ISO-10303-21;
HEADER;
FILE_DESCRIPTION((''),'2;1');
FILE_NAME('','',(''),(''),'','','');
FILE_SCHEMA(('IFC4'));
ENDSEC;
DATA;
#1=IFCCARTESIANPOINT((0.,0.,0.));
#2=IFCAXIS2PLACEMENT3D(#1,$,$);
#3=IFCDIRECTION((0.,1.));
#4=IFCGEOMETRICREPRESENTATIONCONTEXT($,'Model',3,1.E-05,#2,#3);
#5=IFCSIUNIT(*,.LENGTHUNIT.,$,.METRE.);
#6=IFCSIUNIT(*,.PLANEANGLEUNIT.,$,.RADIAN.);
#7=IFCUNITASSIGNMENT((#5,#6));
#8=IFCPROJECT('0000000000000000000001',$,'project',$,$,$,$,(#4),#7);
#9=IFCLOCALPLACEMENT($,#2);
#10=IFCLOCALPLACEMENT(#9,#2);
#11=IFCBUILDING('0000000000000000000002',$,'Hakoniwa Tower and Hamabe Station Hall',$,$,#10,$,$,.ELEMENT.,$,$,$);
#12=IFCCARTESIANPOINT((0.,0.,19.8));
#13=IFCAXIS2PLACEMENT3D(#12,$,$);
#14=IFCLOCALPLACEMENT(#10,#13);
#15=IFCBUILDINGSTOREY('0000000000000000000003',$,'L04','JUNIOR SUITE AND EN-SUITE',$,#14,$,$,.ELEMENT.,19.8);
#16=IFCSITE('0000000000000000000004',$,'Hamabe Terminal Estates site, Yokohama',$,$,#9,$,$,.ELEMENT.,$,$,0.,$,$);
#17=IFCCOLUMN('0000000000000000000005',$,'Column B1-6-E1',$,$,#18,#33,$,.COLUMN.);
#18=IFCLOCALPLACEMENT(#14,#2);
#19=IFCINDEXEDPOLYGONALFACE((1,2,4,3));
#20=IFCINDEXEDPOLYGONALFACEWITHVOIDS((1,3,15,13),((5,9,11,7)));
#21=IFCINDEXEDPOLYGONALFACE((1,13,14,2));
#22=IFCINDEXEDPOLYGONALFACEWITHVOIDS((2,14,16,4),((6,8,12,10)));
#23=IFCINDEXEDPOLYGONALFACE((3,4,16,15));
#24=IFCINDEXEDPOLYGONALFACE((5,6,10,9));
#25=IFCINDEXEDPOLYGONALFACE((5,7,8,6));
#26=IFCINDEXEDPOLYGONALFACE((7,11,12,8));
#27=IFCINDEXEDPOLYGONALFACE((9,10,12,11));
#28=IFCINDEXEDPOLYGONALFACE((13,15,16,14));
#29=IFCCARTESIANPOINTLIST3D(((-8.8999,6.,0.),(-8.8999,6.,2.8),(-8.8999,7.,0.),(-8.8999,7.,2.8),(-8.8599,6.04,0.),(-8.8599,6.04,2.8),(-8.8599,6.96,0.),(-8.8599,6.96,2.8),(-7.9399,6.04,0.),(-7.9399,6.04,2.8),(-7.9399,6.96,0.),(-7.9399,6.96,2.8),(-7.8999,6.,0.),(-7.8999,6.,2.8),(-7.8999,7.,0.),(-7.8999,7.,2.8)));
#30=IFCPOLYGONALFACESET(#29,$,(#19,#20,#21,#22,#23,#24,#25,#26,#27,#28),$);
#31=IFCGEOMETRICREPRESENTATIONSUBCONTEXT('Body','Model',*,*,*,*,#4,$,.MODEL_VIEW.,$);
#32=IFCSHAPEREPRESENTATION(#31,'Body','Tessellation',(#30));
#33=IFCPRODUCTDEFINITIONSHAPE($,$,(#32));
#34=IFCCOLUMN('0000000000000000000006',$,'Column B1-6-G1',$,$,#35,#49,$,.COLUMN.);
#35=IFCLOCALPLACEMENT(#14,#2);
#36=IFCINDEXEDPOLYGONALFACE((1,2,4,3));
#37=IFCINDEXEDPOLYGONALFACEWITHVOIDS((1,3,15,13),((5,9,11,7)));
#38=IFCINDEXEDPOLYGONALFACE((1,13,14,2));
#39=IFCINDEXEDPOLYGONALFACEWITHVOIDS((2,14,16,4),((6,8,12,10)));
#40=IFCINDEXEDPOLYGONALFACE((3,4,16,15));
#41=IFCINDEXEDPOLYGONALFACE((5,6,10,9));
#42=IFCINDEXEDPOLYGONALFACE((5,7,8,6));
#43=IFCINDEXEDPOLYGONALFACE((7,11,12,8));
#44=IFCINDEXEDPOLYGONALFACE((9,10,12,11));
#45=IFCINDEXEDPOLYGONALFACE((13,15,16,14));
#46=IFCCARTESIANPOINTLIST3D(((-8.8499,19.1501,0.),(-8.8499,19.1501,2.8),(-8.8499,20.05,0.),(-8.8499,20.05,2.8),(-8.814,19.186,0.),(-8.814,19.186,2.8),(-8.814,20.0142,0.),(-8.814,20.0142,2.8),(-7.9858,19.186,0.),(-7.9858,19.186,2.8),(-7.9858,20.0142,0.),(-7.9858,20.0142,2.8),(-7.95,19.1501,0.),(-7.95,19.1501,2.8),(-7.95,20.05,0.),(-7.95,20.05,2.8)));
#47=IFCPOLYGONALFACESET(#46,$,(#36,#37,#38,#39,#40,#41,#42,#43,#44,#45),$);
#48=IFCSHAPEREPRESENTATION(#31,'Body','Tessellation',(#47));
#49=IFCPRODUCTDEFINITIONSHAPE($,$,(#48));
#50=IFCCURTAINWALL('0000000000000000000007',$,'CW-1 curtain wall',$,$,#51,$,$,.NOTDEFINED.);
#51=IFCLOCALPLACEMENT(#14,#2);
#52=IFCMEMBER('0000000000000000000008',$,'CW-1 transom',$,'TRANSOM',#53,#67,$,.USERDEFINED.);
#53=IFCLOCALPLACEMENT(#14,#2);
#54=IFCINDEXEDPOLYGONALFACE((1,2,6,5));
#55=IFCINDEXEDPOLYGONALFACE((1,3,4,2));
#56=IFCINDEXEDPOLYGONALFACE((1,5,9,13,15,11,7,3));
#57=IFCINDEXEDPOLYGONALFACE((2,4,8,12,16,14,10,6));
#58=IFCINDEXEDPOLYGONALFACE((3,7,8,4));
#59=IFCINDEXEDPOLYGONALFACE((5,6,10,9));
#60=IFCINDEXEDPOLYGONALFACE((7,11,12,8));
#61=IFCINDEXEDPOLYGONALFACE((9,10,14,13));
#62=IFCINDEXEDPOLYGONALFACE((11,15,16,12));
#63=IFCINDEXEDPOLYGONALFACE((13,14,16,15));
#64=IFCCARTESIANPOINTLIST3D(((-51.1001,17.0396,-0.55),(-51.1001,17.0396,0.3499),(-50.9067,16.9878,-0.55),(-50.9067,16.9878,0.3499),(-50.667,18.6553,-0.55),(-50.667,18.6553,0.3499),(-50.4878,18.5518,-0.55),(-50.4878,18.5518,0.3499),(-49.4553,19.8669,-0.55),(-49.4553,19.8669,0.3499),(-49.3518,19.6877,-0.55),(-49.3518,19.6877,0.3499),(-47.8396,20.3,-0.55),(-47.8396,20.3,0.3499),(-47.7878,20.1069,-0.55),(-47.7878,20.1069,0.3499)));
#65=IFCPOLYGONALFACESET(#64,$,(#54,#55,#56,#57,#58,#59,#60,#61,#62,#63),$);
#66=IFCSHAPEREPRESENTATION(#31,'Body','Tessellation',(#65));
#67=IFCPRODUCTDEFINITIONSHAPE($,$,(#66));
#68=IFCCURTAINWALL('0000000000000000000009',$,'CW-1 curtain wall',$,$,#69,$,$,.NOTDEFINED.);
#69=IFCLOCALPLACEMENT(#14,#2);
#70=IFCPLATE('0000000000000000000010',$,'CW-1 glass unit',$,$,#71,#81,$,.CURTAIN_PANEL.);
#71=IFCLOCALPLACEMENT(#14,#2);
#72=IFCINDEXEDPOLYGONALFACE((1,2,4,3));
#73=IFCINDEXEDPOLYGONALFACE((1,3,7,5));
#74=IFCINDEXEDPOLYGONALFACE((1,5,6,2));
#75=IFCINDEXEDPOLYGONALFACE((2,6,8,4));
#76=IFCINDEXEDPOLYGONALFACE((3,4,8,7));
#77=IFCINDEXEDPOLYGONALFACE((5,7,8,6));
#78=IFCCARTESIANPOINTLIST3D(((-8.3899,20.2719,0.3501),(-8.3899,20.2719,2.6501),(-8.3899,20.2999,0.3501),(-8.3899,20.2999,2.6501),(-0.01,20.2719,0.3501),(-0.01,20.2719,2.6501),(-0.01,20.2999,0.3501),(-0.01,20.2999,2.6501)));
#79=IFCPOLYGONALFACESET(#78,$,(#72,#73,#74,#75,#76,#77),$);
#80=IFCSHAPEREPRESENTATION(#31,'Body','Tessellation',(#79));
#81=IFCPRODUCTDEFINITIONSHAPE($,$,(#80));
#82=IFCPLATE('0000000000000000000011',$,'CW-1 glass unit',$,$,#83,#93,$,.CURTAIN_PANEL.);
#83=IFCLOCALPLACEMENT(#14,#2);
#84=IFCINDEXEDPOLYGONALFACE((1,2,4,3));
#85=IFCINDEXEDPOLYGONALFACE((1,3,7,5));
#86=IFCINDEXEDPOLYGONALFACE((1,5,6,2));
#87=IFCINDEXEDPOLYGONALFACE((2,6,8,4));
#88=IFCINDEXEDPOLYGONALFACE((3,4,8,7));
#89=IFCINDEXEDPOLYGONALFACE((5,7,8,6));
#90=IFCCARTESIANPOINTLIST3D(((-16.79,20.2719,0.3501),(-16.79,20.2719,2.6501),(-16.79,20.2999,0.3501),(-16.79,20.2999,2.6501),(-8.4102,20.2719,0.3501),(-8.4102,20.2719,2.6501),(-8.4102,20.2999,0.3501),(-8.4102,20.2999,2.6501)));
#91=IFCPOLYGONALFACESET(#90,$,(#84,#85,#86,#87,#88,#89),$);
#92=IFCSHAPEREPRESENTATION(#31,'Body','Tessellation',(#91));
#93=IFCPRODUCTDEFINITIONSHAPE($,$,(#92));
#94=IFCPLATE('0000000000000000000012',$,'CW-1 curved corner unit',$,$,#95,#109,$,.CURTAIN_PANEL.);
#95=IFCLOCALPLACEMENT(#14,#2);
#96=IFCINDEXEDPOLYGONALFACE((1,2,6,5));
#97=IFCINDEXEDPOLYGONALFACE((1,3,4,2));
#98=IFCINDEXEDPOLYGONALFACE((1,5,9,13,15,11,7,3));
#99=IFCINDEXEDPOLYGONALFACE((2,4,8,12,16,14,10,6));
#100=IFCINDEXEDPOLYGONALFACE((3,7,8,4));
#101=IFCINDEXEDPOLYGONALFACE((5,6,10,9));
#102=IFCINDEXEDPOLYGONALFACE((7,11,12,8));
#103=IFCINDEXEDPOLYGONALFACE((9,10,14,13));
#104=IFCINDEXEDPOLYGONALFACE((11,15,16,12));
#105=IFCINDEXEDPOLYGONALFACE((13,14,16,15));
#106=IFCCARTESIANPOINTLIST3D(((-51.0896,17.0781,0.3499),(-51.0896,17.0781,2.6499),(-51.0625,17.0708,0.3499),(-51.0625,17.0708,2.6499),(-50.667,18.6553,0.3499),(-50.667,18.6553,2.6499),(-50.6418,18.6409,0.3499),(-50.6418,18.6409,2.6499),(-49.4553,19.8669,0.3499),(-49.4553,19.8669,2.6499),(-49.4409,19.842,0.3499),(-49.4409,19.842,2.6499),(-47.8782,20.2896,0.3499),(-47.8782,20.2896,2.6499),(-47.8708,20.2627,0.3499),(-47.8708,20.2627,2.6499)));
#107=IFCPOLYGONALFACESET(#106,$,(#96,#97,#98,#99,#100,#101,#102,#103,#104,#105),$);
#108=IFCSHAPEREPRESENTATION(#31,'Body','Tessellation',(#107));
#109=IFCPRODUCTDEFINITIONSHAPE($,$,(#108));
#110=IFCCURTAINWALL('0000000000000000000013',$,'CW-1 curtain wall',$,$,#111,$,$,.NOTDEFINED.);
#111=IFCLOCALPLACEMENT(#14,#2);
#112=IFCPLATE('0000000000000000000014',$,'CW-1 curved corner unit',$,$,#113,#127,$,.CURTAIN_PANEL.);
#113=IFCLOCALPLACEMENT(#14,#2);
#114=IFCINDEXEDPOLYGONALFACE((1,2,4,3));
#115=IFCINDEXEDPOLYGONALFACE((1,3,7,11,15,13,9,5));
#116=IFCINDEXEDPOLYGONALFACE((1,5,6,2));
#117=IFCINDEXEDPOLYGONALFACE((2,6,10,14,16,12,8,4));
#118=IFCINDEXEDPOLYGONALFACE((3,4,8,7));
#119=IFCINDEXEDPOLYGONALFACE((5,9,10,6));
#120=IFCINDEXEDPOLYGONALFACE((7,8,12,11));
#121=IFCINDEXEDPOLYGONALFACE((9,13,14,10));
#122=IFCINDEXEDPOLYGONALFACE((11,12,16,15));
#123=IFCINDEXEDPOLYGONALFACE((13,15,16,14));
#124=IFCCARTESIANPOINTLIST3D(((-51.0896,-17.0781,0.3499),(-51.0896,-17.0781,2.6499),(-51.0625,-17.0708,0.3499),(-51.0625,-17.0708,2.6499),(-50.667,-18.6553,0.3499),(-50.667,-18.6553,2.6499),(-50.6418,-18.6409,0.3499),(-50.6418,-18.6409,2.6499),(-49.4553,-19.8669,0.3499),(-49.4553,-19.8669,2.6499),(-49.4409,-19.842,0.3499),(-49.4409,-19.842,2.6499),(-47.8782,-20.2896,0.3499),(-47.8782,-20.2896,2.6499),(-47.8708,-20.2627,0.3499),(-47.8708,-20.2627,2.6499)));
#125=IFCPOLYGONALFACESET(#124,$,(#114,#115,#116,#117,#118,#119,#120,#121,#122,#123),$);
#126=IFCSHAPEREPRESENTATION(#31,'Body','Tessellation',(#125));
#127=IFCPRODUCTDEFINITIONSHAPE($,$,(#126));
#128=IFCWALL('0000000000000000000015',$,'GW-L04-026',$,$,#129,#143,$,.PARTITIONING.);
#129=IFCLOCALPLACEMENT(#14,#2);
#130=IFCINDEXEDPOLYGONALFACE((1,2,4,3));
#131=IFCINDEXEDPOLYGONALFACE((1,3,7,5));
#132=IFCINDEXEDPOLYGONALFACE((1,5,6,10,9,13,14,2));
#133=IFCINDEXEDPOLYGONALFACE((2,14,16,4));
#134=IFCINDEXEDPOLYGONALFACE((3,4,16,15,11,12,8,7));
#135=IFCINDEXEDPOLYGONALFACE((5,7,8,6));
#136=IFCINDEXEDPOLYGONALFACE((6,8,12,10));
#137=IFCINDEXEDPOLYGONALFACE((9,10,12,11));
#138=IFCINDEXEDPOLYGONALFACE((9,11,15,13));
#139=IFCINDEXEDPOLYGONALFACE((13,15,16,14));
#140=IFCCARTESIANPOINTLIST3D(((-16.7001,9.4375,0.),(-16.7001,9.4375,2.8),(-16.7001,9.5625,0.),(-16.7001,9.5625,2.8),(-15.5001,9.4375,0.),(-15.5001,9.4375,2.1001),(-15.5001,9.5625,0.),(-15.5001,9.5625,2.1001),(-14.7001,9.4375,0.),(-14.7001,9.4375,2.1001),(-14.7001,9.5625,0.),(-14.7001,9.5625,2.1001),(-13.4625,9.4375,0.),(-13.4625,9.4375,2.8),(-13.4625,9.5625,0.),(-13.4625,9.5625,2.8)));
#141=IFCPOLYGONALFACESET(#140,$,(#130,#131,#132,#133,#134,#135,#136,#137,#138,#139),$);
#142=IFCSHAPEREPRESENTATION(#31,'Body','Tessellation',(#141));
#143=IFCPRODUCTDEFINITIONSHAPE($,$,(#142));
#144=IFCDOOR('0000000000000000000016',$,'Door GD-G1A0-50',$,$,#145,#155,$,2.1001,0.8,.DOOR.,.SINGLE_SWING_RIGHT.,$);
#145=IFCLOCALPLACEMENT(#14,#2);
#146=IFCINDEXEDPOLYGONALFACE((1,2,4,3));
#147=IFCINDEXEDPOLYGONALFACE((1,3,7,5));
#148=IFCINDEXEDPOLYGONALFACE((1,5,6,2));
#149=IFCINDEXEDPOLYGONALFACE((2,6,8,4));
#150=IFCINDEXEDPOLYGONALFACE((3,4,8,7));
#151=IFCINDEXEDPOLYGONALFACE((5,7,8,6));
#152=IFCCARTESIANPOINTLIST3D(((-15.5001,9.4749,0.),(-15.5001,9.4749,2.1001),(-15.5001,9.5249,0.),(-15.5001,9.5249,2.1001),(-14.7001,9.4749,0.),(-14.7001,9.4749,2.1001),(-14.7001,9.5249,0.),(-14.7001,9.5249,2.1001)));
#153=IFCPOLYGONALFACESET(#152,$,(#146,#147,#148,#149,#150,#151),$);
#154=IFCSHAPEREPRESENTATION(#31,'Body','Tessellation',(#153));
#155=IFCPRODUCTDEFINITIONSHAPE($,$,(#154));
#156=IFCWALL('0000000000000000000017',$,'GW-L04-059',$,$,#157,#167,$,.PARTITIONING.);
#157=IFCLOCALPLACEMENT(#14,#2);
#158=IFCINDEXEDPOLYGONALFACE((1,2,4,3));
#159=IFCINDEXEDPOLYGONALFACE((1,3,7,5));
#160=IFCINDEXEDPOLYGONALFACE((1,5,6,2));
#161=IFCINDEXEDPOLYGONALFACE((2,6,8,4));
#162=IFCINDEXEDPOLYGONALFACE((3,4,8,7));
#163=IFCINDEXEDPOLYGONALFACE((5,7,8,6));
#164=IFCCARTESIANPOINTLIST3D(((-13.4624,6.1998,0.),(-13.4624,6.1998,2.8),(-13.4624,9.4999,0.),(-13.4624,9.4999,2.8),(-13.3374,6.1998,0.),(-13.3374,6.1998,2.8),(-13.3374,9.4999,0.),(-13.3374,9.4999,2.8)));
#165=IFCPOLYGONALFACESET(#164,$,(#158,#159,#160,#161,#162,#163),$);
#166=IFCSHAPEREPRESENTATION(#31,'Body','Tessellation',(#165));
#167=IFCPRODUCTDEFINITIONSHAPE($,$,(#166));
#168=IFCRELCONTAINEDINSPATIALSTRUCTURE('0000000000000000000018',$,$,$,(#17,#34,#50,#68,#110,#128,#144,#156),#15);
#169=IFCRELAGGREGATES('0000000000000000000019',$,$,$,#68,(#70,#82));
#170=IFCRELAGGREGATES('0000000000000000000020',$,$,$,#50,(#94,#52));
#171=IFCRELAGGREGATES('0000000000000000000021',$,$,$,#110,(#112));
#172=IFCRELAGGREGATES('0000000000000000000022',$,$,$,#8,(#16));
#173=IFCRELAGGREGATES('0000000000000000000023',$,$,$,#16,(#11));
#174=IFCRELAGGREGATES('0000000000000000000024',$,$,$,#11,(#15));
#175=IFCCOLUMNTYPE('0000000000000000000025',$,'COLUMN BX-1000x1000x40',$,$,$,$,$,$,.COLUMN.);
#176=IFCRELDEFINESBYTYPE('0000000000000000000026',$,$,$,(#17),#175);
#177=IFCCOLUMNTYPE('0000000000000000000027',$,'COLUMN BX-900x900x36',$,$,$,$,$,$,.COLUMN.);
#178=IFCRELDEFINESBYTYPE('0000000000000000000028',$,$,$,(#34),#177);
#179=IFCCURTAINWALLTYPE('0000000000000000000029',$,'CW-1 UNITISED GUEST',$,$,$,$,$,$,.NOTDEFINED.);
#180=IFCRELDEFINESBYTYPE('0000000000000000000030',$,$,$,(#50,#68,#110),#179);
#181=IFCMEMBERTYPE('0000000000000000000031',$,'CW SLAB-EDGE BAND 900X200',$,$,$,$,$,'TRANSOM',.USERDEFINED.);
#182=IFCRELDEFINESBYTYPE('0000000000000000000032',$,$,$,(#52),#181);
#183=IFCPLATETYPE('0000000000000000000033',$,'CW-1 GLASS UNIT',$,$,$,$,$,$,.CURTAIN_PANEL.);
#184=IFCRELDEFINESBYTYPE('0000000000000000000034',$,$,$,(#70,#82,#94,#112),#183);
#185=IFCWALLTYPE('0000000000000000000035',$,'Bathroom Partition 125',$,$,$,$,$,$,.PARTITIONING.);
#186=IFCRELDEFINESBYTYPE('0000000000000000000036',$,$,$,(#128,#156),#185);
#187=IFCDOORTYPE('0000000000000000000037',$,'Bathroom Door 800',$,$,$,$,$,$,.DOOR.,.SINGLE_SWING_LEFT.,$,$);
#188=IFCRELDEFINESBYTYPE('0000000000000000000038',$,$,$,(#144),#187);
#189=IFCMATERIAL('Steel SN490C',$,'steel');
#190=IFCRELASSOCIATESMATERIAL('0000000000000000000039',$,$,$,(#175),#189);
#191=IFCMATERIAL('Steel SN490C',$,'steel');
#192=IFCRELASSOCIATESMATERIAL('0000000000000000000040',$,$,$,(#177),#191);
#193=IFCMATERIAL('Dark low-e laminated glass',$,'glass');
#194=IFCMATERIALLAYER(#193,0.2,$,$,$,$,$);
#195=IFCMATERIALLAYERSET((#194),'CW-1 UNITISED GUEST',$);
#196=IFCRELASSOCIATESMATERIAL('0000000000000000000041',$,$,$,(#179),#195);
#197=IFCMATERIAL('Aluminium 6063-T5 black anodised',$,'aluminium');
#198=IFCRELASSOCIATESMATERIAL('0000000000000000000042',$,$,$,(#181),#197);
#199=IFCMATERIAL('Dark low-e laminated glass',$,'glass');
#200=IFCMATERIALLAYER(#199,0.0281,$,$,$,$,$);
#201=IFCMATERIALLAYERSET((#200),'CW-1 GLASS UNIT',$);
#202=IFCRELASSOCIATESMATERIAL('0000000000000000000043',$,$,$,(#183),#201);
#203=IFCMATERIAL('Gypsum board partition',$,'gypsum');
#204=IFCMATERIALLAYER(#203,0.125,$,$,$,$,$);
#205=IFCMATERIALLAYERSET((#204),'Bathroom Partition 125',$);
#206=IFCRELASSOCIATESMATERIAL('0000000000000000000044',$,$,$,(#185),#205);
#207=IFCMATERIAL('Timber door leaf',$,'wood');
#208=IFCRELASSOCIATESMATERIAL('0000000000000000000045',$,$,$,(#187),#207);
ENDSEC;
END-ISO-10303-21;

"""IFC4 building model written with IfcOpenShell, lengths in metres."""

from ifc_helpers import new_model, si_unit, direction, frame, frame_2d, origin, origin_2d, place, context, subcontext, project, spatial, polyline, rectangle, hollow_rectangle, outline, extrude, material, layer, layer_set, material_profile, profile_set, type_object, element, fill, aggregate, save


model = new_model("IFC4")

# Units and contexts
model_context = context("Model", 3, precision=1e-05, world=origin(), true_north=direction((0.0, 1.0)))
body_context = subcontext(model_context, "Body", "Model", "MODEL_VIEW")
ifc_project = project(units=[si_unit("LENGTHUNIT", "METRE"), si_unit("PLANEANGLEUNIT", "RADIAN")], contexts=[model_context])

# Site, building, storey
site_placement = place(None, origin())
site = spatial("IfcSite", under=ifc_project, at=site_placement, Name="Hamabe Terminal Estates site, Yokohama", CompositionType="ELEMENT", RefElevation=0.0)
building_placement = place(site_placement, origin())
building = spatial("IfcBuilding", under=site, at=building_placement, Name="Hakoniwa Tower and Hamabe Station Hall", CompositionType="ELEMENT")
storey_placement = place(building_placement, frame((0.0, 0.0, 19.8)))
storey = spatial("IfcBuildingStorey", under=building, at=storey_placement, Name="L04", Description="JUNIOR SUITE AND EN-SUITE", CompositionType="ELEMENT", Elevation=19.8)

# Columns
ifc_material_1 = material(Name="Steel SN490C", Category="steel")
ifc_material_profile_1 = material_profile(ifc_material_1, hollow_rectangle(XDim=1.0, YDim=1.0, WallThickness=0.04, at=origin_2d()), Name="BX-1000x1000x40")
ifc_profile_set_1 = profile_set([ifc_material_profile_1], Name="Steel SN490C")
column_type_1 = type_object("IfcColumnType", Name="COLUMN BX-1000x1000x40", PredefinedType="COLUMN", material=ifc_profile_set_1)
column_1_placement = place(storey_placement, frame((-8.3999, 6.5, 0.0), z_axis=(0.0, 0.0, 1.0), x_axis=(1.0, 0.0, 0.0)))
element("IfcColumn", 1, at=column_1_placement, inside=storey, type_object=column_type_1, Name="Column B1-6-E1", PredefinedType="COLUMN", context=body_context, shape_type="SweptSolid", body=[
    extrude(hollow_rectangle(XDim=1.0, YDim=1.0, WallThickness=0.04, at=origin_2d()), origin(), (0.0, 0.0, 1.0), 2.8),
])
ifc_material_2 = material(Name="Steel SN490C", Category="steel")
ifc_material_profile_2 = material_profile(ifc_material_2, hollow_rectangle(XDim=0.8999, YDim=0.8999, WallThickness=0.0359, at=origin_2d()), Name="BX-900x900x36")
ifc_profile_set_2 = profile_set([ifc_material_profile_2], Name="Steel SN490C")
column_type_2 = type_object("IfcColumnType", Name="COLUMN BX-900x900x36", PredefinedType="COLUMN", material=ifc_profile_set_2)
column_2_placement = place(storey_placement, frame((-8.3999, 19.6001, 0.0), z_axis=(0.0, 0.0, 1.0), x_axis=(1.0, 0.0, 0.0)))
element("IfcColumn", 2, at=column_2_placement, inside=storey, type_object=column_type_2, Name="Column B1-6-G1", PredefinedType="COLUMN", context=body_context, shape_type="SweptSolid", body=[
    extrude(hollow_rectangle(XDim=0.8999, YDim=0.8999, WallThickness=0.0359, at=origin_2d()), origin(), (0.0, 0.0, 1.0), 2.8),
])

# Curtain wall, member
ifc_material_3 = material(Name="Dark low-e laminated glass", Category="glass")
ifc_layer_1 = layer(ifc_material_3, 0.2)
ifc_layer_set_1 = layer_set([ifc_layer_1], Name="CW-1 UNITISED GUEST")
curtain_wall_type = type_object("IfcCurtainWallType", Name="CW-1 UNITISED GUEST", PredefinedType="NOTDEFINED", material=ifc_layer_set_1)
curtain_wall_1_placement = place(storey_placement, origin())
curtain_wall_1 = element("IfcCurtainWall", 3, at=curtain_wall_1_placement, inside=storey, type_object=curtain_wall_type, Name="CW-1 curtain wall", PredefinedType="NOTDEFINED")
ifc_material_4 = material(Name="Aluminium 6063-T5 black anodised", Category="aluminium")
ifc_material_profile_3 = material_profile(ifc_material_4, rectangle(XDim=0.2, YDim=0.8999, at=origin_2d()), Name="CW SLAB-EDGE BAND 900X200")
ifc_profile_set_3 = profile_set([ifc_material_profile_3], Name="Aluminium 6063-T5 black anodised")
member_type = type_object("IfcMemberType", Name="CW SLAB-EDGE BAND 900X200", ElementType="TRANSOM", PredefinedType="USERDEFINED", material=ifc_profile_set_3)
member_placement = place(storey_placement, frame((0.0, 0.0, -0.55)))
member = element("IfcMember", 4, at=member_placement, type_object=member_type, Name="CW-1 transom", ObjectType="TRANSOM", PredefinedType="USERDEFINED", context=body_context, shape_type="SweptSolid", body=[
    extrude(outline(polyline([(-47.8396, 20.3), (-49.4553, 19.8669), (-50.667, 18.6553), (-51.1001, 17.0396), (-50.9067, 16.9878), (-50.4878, 18.5518), (-49.3518, 19.6877), (-47.7878, 20.1069), (-47.8396, 20.3)])), origin(), (0.0, 0.0, 1.0), 0.8999),
])

# Curtain wall, plates
curtain_wall_2_placement = place(storey_placement, origin())
curtain_wall_2 = element("IfcCurtainWall", 5, at=curtain_wall_2_placement, inside=storey, type_object=curtain_wall_type, Name="CW-1 curtain wall", PredefinedType="NOTDEFINED")
ifc_material_5 = material(Name="Dark low-e laminated glass", Category="glass")
ifc_layer_2 = layer(ifc_material_5, 0.0281)
ifc_layer_set_2 = layer_set([ifc_layer_2], Name="CW-1 GLASS UNIT")
plate_type = type_object("IfcPlateType", Name="CW-1 GLASS UNIT", PredefinedType="CURTAIN_PANEL", material=ifc_layer_set_2)
plate_1_placement = place(storey_placement, frame((-4.2, 20.2859, 0.3501), z_axis=(0.0, 0.0, 1.0), x_axis=(-1.0, 0.0, 0.0)))
plate_1 = element("IfcPlate", 6, at=plate_1_placement, type_object=plate_type, Name="CW-1 glass unit", PredefinedType="CURTAIN_PANEL", context=body_context, shape_type="SweptSolid", body=[
    extrude(rectangle(XDim=8.3799, YDim=0.0281, at=origin_2d()), origin(), (0.0, 0.0, 1.0), 2.3),
])
plate_2_placement = place(storey_placement, frame((-12.6001, 20.2859, 0.3501), z_axis=(0.0, 0.0, 1.0), x_axis=(-1.0, 0.0, 0.0)))
plate_2 = element("IfcPlate", 7, at=plate_2_placement, type_object=plate_type, Name="CW-1 glass unit", PredefinedType="CURTAIN_PANEL", context=body_context, shape_type="SweptSolid", body=[
    extrude(rectangle(XDim=8.3799, YDim=0.0281, at=origin_2d()), origin(), (0.0, 0.0, 1.0), 2.3),
])
aggregate(curtain_wall_2, [plate_1, plate_2])

# Plate
plate_3_placement = place(storey_placement, frame((0.0, 0.0, 0.3499)))
plate_3 = element("IfcPlate", 8, at=plate_3_placement, type_object=plate_type, Name="CW-1 curved corner unit", PredefinedType="CURTAIN_PANEL", context=body_context, shape_type="SweptSolid", body=[
    extrude(outline(polyline([(-47.8782, 20.2896), (-49.4553, 19.8669), (-50.667, 18.6553), (-51.0896, 17.0781), (-51.0625, 17.0708), (-50.6418, 18.6409), (-49.4409, 19.842), (-47.8708, 20.2627), (-47.8782, 20.2896)])), origin(), (0.0, 0.0, 1.0), 2.3),
])
aggregate(curtain_wall_1, [plate_3, member])

# Curtain wall, plate
curtain_wall_3_placement = place(storey_placement, origin())
curtain_wall_3 = element("IfcCurtainWall", 9, at=curtain_wall_3_placement, inside=storey, type_object=curtain_wall_type, Name="CW-1 curtain wall", PredefinedType="NOTDEFINED")
plate_4_placement = place(storey_placement, frame((0.0, 0.0, 0.3499)))
plate_4 = element("IfcPlate", 10, at=plate_4_placement, type_object=plate_type, Name="CW-1 curved corner unit", PredefinedType="CURTAIN_PANEL", context=body_context, shape_type="SweptSolid", body=[
    extrude(outline(polyline([(-51.0896, -17.0781), (-50.667, -18.6553), (-49.4553, -19.8669), (-47.8782, -20.2896), (-47.8708, -20.2627), (-49.4409, -19.842), (-50.6418, -18.6409), (-51.0625, -17.0708), (-51.0896, -17.0781)])), origin(), (0.0, 0.0, 1.0), 2.3),
])
aggregate(curtain_wall_3, [plate_4])

# Wall, opening, door
ifc_material_6 = material(Name="Gypsum board partition", Category="gypsum")
ifc_layer_3 = layer(ifc_material_6, 0.125)
ifc_layer_set_3 = layer_set([ifc_layer_3], Name="Bathroom Partition 125")
wall_type_1 = type_object("IfcWallType", Name="Bathroom Partition 125", PredefinedType="PARTITIONING", material=ifc_layer_set_3)
wall_1_placement = place(storey_placement, frame((-16.7, 9.5, 0.0), z_axis=(0.0, 0.0, 1.0), x_axis=(1.0, 0.0, 0.0)))
wall_1 = element("IfcWall", 11, at=wall_1_placement, inside=storey, type_object=wall_type_1, Name="GW-L04-026", PredefinedType="PARTITIONING", context=body_context, shape_type="SweptSolid", body=[
    extrude(rectangle(XDim=3.2375, YDim=0.125, at=frame_2d((1.6187, 0.0))), origin(), (0.0, 0.0, 1.0), 2.8),
])
opening_1_placement = place(wall_1_placement, frame((1.2, 0.0, 0.0)))
opening_1 = element("IfcOpeningElement", 12, at=opening_1_placement, cuts=wall_1, PredefinedType="OPENING", context=body_context, shape_type="SweptSolid", body=[
    extrude(rectangle(XDim=0.8, YDim=2.1001, at=frame_2d((0.3999, 1.05))), frame((0.0, 0.0725, 0.0), z_axis=(0.0, -1.0, 0.0), x_axis=(1.0, 0.0, 0.0)), (0.0, 0.0, 1.0), 0.145),
])
ifc_material_7 = material(Name="Timber door leaf", Category="wood")
door_type_1 = type_object("IfcDoorType", Name="Bathroom Door 800", OperationType="SINGLE_SWING_LEFT", PredefinedType="DOOR", material=ifc_material_7)
door_1_placement = place(opening_1_placement, origin())
door_1 = element("IfcDoor", 13, at=door_1_placement, inside=storey, type_object=door_type_1, Name="Door GD-G1A0-50", OperationType="SINGLE_SWING_RIGHT", OverallHeight=2.1001, OverallWidth=0.8, PredefinedType="DOOR", context=body_context, shape_type="SweptSolid", body=[
    extrude(rectangle(XDim=0.8, YDim=2.1001, at=frame_2d((0.3999, 1.05))), frame((0.0, 0.0249, 0.0), z_axis=(0.0, -1.0, 0.0), x_axis=(1.0, 0.0, 0.0)), (0.0, 0.0, 1.0), 0.05),
])
fill(opening_1, door_1)

# Wall
wall_2_placement = place(storey_placement, frame((-13.3999, 6.2, 0.0), z_axis=(0.0, 0.0, 1.0), x_axis=(0.0, 1.0, 0.0)))
element("IfcWall", 14, at=wall_2_placement, inside=storey, type_object=wall_type_1, Name="GW-L04-059", PredefinedType="PARTITIONING", context=body_context, shape_type="SweptSolid", body=[
    extrude(rectangle(XDim=3.3, YDim=0.125, at=frame_2d((1.6499, 0.0))), origin(), (0.0, 0.0, 1.0), 2.8),
])

save(model, "model.ifc")
